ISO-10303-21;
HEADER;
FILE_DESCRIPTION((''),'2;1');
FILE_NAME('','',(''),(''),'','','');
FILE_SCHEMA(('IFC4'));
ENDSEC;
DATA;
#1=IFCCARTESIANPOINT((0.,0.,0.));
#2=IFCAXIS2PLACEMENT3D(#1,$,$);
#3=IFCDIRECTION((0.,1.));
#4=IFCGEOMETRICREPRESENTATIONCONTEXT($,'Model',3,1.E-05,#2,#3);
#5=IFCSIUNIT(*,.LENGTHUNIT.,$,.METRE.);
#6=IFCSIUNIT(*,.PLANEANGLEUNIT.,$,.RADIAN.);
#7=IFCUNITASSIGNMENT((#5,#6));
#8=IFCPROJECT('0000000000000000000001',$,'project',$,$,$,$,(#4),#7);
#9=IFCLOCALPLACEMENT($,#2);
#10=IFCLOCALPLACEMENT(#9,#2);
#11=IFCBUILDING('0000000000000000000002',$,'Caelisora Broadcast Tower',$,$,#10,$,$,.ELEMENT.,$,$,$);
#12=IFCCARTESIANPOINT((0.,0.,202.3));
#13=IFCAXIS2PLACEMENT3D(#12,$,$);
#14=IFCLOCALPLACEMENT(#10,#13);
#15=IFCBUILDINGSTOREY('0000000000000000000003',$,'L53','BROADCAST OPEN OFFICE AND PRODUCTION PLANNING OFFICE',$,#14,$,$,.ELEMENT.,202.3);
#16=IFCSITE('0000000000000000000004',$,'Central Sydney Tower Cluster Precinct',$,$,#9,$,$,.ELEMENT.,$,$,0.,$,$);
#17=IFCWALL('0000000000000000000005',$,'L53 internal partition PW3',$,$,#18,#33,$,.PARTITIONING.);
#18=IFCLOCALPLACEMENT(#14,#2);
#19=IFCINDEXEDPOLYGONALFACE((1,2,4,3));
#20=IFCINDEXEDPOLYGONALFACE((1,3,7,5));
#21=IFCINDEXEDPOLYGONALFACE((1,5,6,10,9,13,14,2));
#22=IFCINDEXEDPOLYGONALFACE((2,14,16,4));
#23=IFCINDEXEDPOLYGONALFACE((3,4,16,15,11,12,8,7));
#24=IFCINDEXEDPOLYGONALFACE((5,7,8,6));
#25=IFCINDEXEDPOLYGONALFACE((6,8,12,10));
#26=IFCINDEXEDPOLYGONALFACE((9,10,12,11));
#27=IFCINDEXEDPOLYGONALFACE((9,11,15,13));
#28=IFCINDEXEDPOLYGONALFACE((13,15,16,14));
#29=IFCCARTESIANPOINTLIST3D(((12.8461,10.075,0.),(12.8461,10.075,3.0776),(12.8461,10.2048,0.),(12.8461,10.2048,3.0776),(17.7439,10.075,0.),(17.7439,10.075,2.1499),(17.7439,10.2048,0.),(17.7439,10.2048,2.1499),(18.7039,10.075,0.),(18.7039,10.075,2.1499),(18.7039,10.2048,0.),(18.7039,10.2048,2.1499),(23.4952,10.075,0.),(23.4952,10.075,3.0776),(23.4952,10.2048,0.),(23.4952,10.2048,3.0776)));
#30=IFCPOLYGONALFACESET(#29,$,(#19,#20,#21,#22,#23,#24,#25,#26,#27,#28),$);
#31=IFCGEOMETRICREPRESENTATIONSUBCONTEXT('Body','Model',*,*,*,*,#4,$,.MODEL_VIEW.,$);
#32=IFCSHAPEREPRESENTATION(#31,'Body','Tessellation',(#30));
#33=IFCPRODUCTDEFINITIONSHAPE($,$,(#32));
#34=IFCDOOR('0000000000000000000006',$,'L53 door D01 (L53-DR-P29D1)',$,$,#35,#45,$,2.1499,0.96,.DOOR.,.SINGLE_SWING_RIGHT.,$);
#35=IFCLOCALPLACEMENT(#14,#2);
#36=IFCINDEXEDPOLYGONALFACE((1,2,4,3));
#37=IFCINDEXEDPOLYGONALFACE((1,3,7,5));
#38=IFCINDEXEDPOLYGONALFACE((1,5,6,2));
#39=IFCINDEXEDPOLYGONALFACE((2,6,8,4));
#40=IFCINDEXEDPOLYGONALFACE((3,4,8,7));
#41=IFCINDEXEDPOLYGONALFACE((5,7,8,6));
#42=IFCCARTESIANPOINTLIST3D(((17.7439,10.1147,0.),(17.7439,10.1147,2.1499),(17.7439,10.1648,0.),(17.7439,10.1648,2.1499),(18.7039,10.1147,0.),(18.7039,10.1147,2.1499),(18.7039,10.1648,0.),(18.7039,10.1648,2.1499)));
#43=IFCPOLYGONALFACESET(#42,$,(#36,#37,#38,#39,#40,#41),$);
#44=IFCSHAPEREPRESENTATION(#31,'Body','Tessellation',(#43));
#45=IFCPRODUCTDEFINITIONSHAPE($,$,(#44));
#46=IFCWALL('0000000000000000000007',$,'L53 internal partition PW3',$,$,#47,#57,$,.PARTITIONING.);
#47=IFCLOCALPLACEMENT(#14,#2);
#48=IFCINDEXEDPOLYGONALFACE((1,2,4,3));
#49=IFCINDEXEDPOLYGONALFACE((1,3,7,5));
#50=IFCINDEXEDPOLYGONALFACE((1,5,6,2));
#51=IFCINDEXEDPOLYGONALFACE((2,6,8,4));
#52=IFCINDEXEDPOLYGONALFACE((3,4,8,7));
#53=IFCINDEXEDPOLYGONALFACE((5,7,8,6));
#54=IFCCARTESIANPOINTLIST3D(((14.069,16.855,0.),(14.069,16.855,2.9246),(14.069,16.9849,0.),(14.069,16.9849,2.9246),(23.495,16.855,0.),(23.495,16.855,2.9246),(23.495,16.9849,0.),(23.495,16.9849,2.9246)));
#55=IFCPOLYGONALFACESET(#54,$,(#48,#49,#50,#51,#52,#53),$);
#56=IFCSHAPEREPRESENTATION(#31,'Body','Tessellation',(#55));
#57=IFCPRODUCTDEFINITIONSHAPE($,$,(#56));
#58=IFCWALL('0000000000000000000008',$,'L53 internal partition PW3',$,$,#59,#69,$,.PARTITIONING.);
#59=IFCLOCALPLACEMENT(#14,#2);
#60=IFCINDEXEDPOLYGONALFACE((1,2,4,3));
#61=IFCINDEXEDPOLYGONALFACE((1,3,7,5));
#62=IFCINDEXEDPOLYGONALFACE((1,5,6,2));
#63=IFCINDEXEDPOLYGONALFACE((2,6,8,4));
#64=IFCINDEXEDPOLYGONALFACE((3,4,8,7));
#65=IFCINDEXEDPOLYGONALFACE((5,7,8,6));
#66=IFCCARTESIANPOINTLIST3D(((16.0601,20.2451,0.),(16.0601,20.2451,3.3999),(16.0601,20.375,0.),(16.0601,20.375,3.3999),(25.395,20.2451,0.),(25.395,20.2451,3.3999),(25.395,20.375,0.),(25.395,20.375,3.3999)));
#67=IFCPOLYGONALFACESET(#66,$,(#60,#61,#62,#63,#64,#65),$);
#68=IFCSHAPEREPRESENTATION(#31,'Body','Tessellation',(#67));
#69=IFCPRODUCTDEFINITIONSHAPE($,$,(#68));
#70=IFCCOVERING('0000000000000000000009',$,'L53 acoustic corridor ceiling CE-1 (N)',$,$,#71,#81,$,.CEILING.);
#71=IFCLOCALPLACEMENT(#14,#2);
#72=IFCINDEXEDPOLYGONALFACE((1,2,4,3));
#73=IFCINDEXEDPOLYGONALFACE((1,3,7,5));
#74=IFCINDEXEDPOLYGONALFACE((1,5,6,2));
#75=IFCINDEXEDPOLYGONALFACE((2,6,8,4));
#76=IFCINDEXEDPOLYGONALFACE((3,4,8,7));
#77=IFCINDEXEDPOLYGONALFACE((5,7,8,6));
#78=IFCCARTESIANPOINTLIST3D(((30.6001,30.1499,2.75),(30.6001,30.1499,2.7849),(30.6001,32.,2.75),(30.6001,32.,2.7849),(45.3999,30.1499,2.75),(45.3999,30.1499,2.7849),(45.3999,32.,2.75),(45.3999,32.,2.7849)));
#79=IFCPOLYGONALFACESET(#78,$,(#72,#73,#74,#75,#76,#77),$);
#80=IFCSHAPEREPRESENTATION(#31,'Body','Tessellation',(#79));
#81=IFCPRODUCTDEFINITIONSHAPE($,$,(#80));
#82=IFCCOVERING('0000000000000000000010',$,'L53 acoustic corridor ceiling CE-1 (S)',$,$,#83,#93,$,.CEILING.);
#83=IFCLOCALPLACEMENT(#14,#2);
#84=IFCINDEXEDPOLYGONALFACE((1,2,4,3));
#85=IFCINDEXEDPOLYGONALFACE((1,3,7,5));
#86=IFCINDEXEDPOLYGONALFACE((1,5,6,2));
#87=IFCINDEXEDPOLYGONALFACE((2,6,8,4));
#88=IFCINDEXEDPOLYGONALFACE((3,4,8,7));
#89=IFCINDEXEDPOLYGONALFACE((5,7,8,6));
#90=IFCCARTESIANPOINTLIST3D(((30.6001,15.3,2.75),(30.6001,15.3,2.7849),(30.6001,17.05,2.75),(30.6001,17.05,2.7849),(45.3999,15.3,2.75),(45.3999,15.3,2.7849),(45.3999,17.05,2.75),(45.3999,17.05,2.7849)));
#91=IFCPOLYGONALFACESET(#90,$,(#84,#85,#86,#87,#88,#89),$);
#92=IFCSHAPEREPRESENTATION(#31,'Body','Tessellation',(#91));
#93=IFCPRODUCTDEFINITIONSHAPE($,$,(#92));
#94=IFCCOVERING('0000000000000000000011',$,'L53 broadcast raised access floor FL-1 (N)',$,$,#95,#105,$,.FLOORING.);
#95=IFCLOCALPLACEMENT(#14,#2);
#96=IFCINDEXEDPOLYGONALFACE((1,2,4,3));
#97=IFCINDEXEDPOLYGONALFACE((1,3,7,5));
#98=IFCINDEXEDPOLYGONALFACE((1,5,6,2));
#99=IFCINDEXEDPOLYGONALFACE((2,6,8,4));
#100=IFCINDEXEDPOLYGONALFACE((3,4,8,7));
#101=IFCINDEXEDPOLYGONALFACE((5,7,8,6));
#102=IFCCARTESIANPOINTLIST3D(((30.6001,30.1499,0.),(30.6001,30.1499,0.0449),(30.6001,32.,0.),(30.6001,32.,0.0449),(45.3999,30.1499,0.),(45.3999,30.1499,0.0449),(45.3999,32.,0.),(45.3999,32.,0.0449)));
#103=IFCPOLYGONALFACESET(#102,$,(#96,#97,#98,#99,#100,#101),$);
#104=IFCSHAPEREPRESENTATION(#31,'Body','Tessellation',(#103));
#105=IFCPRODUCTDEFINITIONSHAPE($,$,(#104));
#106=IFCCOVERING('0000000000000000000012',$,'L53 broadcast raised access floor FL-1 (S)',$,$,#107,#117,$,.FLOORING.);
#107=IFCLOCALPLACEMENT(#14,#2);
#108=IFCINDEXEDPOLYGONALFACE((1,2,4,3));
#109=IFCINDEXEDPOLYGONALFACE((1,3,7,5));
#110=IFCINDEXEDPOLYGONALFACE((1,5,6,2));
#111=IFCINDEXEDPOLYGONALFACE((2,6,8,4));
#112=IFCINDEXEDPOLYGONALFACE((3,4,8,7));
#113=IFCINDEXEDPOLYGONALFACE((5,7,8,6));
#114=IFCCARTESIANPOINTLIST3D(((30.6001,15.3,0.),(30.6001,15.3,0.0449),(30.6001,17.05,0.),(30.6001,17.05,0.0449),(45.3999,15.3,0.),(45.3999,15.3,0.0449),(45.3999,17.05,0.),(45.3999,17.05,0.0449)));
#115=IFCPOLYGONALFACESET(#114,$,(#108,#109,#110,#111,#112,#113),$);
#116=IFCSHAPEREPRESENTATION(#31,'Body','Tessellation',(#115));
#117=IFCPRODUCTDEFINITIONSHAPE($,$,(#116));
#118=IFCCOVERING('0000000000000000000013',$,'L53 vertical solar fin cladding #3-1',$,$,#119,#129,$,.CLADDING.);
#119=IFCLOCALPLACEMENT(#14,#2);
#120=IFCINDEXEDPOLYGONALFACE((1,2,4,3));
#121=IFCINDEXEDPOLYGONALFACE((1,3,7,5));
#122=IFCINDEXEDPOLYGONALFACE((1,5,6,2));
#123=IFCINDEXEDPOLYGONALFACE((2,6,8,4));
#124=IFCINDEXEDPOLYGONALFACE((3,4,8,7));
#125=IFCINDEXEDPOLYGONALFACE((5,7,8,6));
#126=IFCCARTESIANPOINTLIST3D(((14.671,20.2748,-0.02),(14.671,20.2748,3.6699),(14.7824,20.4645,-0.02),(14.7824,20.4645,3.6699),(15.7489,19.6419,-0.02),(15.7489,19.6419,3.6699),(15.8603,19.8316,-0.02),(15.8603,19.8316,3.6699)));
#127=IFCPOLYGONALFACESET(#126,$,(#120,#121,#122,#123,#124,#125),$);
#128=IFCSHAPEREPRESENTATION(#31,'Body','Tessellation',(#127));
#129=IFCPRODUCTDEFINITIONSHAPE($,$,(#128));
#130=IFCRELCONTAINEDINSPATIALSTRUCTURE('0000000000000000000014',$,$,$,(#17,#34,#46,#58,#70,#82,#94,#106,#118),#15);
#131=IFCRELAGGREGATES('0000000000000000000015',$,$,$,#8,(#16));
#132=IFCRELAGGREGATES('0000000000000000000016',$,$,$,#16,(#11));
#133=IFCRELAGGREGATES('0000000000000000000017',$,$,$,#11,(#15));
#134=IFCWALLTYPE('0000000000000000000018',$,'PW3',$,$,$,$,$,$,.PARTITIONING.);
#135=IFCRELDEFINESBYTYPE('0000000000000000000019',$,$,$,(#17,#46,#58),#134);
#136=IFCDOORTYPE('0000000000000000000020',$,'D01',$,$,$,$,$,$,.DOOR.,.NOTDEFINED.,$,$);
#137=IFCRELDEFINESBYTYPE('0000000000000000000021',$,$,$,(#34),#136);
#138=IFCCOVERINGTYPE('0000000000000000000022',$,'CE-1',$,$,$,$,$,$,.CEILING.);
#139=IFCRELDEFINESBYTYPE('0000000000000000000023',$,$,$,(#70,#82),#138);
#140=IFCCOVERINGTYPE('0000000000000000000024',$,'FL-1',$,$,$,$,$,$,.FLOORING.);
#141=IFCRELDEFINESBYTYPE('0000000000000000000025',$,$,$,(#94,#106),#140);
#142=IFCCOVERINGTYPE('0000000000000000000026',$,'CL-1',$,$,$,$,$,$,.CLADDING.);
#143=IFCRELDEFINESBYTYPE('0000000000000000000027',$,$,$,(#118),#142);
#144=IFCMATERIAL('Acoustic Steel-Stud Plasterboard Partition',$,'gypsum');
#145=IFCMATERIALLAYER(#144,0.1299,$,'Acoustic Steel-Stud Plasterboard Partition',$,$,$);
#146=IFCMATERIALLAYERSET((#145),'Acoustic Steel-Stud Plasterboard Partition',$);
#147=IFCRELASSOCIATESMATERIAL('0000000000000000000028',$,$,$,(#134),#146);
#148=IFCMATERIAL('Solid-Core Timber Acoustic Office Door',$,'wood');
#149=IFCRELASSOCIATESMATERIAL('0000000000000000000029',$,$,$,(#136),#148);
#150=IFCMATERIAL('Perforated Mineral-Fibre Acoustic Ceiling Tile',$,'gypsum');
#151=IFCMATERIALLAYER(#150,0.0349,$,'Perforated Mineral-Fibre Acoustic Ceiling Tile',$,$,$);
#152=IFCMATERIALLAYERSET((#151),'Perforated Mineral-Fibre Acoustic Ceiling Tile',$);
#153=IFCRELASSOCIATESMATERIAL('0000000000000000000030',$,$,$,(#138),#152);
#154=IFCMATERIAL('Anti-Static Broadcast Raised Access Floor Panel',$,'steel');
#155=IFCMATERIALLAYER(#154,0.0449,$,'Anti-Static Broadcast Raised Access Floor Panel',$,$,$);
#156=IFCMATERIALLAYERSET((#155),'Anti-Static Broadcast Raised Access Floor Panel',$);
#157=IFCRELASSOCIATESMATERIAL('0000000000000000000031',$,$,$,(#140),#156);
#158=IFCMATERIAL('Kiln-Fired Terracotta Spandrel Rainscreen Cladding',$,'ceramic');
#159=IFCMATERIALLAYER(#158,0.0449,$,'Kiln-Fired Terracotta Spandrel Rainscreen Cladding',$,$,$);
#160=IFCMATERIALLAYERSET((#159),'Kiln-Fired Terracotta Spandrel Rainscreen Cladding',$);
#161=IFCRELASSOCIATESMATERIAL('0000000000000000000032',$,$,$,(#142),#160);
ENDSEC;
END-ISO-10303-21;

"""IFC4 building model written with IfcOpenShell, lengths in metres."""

from ifc_helpers import new_model, si_unit, direction, frame, frame_2d, origin, origin_2d, place, context, subcontext, project, spatial, polyline, rectangle, outline, extrude, source, transform, mapped, material, layer, layer_set, type_object, type_shapes, element, fill, save


model = new_model("IFC4")

# Units and contexts
model_context = context("Model", 3, precision=1e-05, world=origin(), true_north=direction((0.0, 1.0)))
body_context = subcontext(model_context, "Body", "Model", "MODEL_VIEW")
ifc_project = project(units=[si_unit("LENGTHUNIT", "METRE"), si_unit("PLANEANGLEUNIT", "RADIAN")], contexts=[model_context])

# Site, building, storey
site_placement = place(None, origin())
site = spatial("IfcSite", under=ifc_project, at=site_placement, Name="Central Sydney Tower Cluster Precinct", CompositionType="ELEMENT", RefElevation=0.0)
building_placement = place(site_placement, origin())
building = spatial("IfcBuilding", under=site, at=building_placement, Name="Caelisora Broadcast Tower", CompositionType="ELEMENT")
storey_placement = place(building_placement, frame((0.0, 0.0, 202.3)))
storey = spatial("IfcBuildingStorey", under=building, at=storey_placement, Name="L53", Description="BROADCAST OPEN OFFICE AND PRODUCTION PLANNING OFFICE", CompositionType="ELEMENT", Elevation=202.3)

# Wall, opening, door
ifc_material_1 = material(Name="Acoustic Steel-Stud Plasterboard Partition", Category="gypsum")
ifc_layer_1 = layer(ifc_material_1, 0.1299, Name="Acoustic Steel-Stud Plasterboard Partition")
ifc_layer_set_1 = layer_set([ifc_layer_1], Name="Acoustic Steel-Stud Plasterboard Partition")
wall_type_1 = type_object("IfcWallType", Name="PW3", PredefinedType="PARTITIONING", material=ifc_layer_set_1)
ifc_material_2 = material(Name="Solid-Core Timber Acoustic Office Door", Category="wood")
door_type = type_object("IfcDoorType", Name="D01", OperationType="NOTDEFINED", PredefinedType="DOOR", material=ifc_material_2)
wall_1_placement = place(storey_placement, frame((12.8459, 10.1399, 0.0), z_axis=(0.0, 0.0, 1.0), x_axis=(1.0, 0.0, 0.0)))
wall_1 = element("IfcWall", 1, at=wall_1_placement, inside=storey, type_object=wall_type_1, Name="L53 internal partition PW3", PredefinedType="PARTITIONING", context=body_context, shape_type="SweptSolid", body=[
    extrude(rectangle(XDim=10.6492, YDim=0.1299, at=frame_2d((5.3247, 0.0))), origin(), (0.0, 0.0, 1.0), 3.0776),
])
opening_1_placement = place(wall_1_placement, frame((4.8979, 0.0, 0.0)))
opening_1 = element("IfcOpeningElement", 2, at=opening_1_placement, cuts=wall_1, PredefinedType="OPENING", context=body_context, shape_type="SweptSolid", body=[
    extrude(rectangle(XDim=0.96, YDim=2.1499, at=frame_2d((0.48, 1.075))), frame((0.0, 0.0769, 0.0), z_axis=(0.0, -1.0, 0.0), x_axis=(1.0, 0.0, 0.0)), (0.0, 0.0, 1.0), 0.1538),
])
door_1_placement = place(opening_1_placement, origin())
door_1 = element("IfcDoor", 3, at=door_1_placement, inside=storey, type_object=door_type, Name="L53 door D01 (L53-DR-P29D1)", OperationType="SINGLE_SWING_RIGHT", OverallHeight=2.1499, OverallWidth=0.96, PredefinedType="DOOR", context=body_context, shape_type="SweptSolid", body=[
    extrude(rectangle(XDim=0.96, YDim=2.1499, at=frame_2d((0.48, 1.075))), frame((0.0, 0.0249, 0.0), z_axis=(0.0, -1.0, 0.0), x_axis=(1.0, 0.0, 0.0)), (0.0, 0.0, 1.0), 0.05),
])
fill(opening_1, door_1)

# Walls
wall_2_placement = place(storey_placement, frame((14.0691, 16.9199, 0.0), z_axis=(0.0, 0.0, 1.0), x_axis=(1.0, 0.0, 0.0)))
element("IfcWall", 4, at=wall_2_placement, inside=storey, type_object=wall_type_1, Name="L53 internal partition PW3", PredefinedType="PARTITIONING", context=body_context, shape_type="SweptSolid", body=[
    extrude(rectangle(XDim=9.426, YDim=0.1299, at=frame_2d((4.7129, 0.0))), origin(), (0.0, 0.0, 1.0), 2.9246),
])
wall_3_placement = place(storey_placement, frame((16.0601, 20.3101, 0.0), z_axis=(0.0, 0.0, 1.0), x_axis=(1.0, 0.0, 0.0)))
element("IfcWall", 5, at=wall_3_placement, inside=storey, type_object=wall_type_1, Name="L53 internal partition PW3", PredefinedType="PARTITIONING", context=body_context, shape_type="SweptSolid", body=[
    extrude(rectangle(XDim=9.335, YDim=0.1299, at=frame_2d((4.6675, 0.0))), origin(), (0.0, 0.0, 1.0), 3.3999),
])

# Coverings
ifc_material_3 = material(Name="Perforated Mineral-Fibre Acoustic Ceiling Tile", Category="gypsum")
ifc_layer_2 = layer(ifc_material_3, 0.0349, Name="Perforated Mineral-Fibre Acoustic Ceiling Tile")
ifc_layer_set_2 = layer_set([ifc_layer_2], Name="Perforated Mineral-Fibre Acoustic Ceiling Tile")
covering_type_1 = type_object("IfcCoveringType", Name="CE-1", PredefinedType="CEILING", material=ifc_layer_set_2)
covering_1_placement = place(storey_placement, frame((0.0, 0.0, 2.75)))
element("IfcCovering", 6, at=covering_1_placement, inside=storey, type_object=covering_type_1, Name="L53 acoustic corridor ceiling CE-1 (N)", PredefinedType="CEILING", context=body_context, shape_type="SweptSolid", body=[
    extrude(outline(polyline([(30.6001, 30.1499), (45.3999, 30.1499), (45.3999, 32.0), (30.6001, 32.0), (30.6001, 30.1499)])), origin(), (0.0, 0.0, 1.0), 0.0349),
])
covering_2_placement = place(storey_placement, frame((0.0, 0.0, 2.75)))
element("IfcCovering", 7, at=covering_2_placement, inside=storey, type_object=covering_type_1, Name="L53 acoustic corridor ceiling CE-1 (S)", PredefinedType="CEILING", context=body_context, shape_type="SweptSolid", body=[
    extrude(outline(polyline([(30.6001, 15.3), (45.3999, 15.3), (45.3999, 17.05), (30.6001, 17.05), (30.6001, 15.3)])), origin(), (0.0, 0.0, 1.0), 0.0349),
])
ifc_material_4 = material(Name="Anti-Static Broadcast Raised Access Floor Panel", Category="steel")
ifc_layer_3 = layer(ifc_material_4, 0.0449, Name="Anti-Static Broadcast Raised Access Floor Panel")
ifc_layer_set_3 = layer_set([ifc_layer_3], Name="Anti-Static Broadcast Raised Access Floor Panel")
covering_type_2 = type_object("IfcCoveringType", Name="FL-1", PredefinedType="FLOORING", material=ifc_layer_set_3)
covering_3_placement = place(storey_placement, origin())
element("IfcCovering", 8, at=covering_3_placement, inside=storey, type_object=covering_type_2, Name="L53 broadcast raised access floor FL-1 (N)", PredefinedType="FLOORING", context=body_context, shape_type="SweptSolid", body=[
    extrude(outline(polyline([(30.6001, 30.1499), (45.3999, 30.1499), (45.3999, 32.0), (30.6001, 32.0), (30.6001, 30.1499)])), origin(), (0.0, 0.0, 1.0), 0.0449),
])
covering_4_placement = place(storey_placement, origin())
element("IfcCovering", 9, at=covering_4_placement, inside=storey, type_object=covering_type_2, Name="L53 broadcast raised access floor FL-1 (S)", PredefinedType="FLOORING", context=body_context, shape_type="SweptSolid", body=[
    extrude(outline(polyline([(30.6001, 15.3), (45.3999, 15.3), (45.3999, 17.05), (30.6001, 17.05), (30.6001, 15.3)])), origin(), (0.0, 0.0, 1.0), 0.0449),
])
ifc_material_5 = material(Name="Kiln-Fired Terracotta Spandrel Rainscreen Cladding", Category="ceramic")
ifc_layer_4 = layer(ifc_material_5, 0.0449, Name="Kiln-Fired Terracotta Spandrel Rainscreen Cladding")
ifc_layer_set_4 = layer_set([ifc_layer_4], Name="Kiln-Fired Terracotta Spandrel Rainscreen Cladding")
covering_type_3 = type_object("IfcCoveringType", Name="CL-1", PredefinedType="CLADDING", material=ifc_layer_set_4)
shared_shape_1 = source(origin(), body_context, "Body", "SweptSolid", [
    extrude(rectangle(XDim=0.22, YDim=1.25, at=origin_2d()), origin(), (0.0, 0.0, 1.0), 3.6899),
])
type_shapes(covering_type_3, [shared_shape_1])
covering_5_placement = place(storey_placement, frame((15.2656, 20.0532, -0.02), z_axis=(0.0, 0.0, 1.0), x_axis=(0.506335, 0.862337, 0.0)))
element("IfcCovering", 10, at=covering_5_placement, inside=storey, type_object=covering_type_3, Name="L53 vertical solar fin cladding #3-1", PredefinedType="CLADDING", context=body_context, shape_type="MappedRepresentation", body=[
    mapped(shared_shape_1, transform((0.0, 0.0, 0.0), scale=1.0)),
])

save(model, "model.ifc")
